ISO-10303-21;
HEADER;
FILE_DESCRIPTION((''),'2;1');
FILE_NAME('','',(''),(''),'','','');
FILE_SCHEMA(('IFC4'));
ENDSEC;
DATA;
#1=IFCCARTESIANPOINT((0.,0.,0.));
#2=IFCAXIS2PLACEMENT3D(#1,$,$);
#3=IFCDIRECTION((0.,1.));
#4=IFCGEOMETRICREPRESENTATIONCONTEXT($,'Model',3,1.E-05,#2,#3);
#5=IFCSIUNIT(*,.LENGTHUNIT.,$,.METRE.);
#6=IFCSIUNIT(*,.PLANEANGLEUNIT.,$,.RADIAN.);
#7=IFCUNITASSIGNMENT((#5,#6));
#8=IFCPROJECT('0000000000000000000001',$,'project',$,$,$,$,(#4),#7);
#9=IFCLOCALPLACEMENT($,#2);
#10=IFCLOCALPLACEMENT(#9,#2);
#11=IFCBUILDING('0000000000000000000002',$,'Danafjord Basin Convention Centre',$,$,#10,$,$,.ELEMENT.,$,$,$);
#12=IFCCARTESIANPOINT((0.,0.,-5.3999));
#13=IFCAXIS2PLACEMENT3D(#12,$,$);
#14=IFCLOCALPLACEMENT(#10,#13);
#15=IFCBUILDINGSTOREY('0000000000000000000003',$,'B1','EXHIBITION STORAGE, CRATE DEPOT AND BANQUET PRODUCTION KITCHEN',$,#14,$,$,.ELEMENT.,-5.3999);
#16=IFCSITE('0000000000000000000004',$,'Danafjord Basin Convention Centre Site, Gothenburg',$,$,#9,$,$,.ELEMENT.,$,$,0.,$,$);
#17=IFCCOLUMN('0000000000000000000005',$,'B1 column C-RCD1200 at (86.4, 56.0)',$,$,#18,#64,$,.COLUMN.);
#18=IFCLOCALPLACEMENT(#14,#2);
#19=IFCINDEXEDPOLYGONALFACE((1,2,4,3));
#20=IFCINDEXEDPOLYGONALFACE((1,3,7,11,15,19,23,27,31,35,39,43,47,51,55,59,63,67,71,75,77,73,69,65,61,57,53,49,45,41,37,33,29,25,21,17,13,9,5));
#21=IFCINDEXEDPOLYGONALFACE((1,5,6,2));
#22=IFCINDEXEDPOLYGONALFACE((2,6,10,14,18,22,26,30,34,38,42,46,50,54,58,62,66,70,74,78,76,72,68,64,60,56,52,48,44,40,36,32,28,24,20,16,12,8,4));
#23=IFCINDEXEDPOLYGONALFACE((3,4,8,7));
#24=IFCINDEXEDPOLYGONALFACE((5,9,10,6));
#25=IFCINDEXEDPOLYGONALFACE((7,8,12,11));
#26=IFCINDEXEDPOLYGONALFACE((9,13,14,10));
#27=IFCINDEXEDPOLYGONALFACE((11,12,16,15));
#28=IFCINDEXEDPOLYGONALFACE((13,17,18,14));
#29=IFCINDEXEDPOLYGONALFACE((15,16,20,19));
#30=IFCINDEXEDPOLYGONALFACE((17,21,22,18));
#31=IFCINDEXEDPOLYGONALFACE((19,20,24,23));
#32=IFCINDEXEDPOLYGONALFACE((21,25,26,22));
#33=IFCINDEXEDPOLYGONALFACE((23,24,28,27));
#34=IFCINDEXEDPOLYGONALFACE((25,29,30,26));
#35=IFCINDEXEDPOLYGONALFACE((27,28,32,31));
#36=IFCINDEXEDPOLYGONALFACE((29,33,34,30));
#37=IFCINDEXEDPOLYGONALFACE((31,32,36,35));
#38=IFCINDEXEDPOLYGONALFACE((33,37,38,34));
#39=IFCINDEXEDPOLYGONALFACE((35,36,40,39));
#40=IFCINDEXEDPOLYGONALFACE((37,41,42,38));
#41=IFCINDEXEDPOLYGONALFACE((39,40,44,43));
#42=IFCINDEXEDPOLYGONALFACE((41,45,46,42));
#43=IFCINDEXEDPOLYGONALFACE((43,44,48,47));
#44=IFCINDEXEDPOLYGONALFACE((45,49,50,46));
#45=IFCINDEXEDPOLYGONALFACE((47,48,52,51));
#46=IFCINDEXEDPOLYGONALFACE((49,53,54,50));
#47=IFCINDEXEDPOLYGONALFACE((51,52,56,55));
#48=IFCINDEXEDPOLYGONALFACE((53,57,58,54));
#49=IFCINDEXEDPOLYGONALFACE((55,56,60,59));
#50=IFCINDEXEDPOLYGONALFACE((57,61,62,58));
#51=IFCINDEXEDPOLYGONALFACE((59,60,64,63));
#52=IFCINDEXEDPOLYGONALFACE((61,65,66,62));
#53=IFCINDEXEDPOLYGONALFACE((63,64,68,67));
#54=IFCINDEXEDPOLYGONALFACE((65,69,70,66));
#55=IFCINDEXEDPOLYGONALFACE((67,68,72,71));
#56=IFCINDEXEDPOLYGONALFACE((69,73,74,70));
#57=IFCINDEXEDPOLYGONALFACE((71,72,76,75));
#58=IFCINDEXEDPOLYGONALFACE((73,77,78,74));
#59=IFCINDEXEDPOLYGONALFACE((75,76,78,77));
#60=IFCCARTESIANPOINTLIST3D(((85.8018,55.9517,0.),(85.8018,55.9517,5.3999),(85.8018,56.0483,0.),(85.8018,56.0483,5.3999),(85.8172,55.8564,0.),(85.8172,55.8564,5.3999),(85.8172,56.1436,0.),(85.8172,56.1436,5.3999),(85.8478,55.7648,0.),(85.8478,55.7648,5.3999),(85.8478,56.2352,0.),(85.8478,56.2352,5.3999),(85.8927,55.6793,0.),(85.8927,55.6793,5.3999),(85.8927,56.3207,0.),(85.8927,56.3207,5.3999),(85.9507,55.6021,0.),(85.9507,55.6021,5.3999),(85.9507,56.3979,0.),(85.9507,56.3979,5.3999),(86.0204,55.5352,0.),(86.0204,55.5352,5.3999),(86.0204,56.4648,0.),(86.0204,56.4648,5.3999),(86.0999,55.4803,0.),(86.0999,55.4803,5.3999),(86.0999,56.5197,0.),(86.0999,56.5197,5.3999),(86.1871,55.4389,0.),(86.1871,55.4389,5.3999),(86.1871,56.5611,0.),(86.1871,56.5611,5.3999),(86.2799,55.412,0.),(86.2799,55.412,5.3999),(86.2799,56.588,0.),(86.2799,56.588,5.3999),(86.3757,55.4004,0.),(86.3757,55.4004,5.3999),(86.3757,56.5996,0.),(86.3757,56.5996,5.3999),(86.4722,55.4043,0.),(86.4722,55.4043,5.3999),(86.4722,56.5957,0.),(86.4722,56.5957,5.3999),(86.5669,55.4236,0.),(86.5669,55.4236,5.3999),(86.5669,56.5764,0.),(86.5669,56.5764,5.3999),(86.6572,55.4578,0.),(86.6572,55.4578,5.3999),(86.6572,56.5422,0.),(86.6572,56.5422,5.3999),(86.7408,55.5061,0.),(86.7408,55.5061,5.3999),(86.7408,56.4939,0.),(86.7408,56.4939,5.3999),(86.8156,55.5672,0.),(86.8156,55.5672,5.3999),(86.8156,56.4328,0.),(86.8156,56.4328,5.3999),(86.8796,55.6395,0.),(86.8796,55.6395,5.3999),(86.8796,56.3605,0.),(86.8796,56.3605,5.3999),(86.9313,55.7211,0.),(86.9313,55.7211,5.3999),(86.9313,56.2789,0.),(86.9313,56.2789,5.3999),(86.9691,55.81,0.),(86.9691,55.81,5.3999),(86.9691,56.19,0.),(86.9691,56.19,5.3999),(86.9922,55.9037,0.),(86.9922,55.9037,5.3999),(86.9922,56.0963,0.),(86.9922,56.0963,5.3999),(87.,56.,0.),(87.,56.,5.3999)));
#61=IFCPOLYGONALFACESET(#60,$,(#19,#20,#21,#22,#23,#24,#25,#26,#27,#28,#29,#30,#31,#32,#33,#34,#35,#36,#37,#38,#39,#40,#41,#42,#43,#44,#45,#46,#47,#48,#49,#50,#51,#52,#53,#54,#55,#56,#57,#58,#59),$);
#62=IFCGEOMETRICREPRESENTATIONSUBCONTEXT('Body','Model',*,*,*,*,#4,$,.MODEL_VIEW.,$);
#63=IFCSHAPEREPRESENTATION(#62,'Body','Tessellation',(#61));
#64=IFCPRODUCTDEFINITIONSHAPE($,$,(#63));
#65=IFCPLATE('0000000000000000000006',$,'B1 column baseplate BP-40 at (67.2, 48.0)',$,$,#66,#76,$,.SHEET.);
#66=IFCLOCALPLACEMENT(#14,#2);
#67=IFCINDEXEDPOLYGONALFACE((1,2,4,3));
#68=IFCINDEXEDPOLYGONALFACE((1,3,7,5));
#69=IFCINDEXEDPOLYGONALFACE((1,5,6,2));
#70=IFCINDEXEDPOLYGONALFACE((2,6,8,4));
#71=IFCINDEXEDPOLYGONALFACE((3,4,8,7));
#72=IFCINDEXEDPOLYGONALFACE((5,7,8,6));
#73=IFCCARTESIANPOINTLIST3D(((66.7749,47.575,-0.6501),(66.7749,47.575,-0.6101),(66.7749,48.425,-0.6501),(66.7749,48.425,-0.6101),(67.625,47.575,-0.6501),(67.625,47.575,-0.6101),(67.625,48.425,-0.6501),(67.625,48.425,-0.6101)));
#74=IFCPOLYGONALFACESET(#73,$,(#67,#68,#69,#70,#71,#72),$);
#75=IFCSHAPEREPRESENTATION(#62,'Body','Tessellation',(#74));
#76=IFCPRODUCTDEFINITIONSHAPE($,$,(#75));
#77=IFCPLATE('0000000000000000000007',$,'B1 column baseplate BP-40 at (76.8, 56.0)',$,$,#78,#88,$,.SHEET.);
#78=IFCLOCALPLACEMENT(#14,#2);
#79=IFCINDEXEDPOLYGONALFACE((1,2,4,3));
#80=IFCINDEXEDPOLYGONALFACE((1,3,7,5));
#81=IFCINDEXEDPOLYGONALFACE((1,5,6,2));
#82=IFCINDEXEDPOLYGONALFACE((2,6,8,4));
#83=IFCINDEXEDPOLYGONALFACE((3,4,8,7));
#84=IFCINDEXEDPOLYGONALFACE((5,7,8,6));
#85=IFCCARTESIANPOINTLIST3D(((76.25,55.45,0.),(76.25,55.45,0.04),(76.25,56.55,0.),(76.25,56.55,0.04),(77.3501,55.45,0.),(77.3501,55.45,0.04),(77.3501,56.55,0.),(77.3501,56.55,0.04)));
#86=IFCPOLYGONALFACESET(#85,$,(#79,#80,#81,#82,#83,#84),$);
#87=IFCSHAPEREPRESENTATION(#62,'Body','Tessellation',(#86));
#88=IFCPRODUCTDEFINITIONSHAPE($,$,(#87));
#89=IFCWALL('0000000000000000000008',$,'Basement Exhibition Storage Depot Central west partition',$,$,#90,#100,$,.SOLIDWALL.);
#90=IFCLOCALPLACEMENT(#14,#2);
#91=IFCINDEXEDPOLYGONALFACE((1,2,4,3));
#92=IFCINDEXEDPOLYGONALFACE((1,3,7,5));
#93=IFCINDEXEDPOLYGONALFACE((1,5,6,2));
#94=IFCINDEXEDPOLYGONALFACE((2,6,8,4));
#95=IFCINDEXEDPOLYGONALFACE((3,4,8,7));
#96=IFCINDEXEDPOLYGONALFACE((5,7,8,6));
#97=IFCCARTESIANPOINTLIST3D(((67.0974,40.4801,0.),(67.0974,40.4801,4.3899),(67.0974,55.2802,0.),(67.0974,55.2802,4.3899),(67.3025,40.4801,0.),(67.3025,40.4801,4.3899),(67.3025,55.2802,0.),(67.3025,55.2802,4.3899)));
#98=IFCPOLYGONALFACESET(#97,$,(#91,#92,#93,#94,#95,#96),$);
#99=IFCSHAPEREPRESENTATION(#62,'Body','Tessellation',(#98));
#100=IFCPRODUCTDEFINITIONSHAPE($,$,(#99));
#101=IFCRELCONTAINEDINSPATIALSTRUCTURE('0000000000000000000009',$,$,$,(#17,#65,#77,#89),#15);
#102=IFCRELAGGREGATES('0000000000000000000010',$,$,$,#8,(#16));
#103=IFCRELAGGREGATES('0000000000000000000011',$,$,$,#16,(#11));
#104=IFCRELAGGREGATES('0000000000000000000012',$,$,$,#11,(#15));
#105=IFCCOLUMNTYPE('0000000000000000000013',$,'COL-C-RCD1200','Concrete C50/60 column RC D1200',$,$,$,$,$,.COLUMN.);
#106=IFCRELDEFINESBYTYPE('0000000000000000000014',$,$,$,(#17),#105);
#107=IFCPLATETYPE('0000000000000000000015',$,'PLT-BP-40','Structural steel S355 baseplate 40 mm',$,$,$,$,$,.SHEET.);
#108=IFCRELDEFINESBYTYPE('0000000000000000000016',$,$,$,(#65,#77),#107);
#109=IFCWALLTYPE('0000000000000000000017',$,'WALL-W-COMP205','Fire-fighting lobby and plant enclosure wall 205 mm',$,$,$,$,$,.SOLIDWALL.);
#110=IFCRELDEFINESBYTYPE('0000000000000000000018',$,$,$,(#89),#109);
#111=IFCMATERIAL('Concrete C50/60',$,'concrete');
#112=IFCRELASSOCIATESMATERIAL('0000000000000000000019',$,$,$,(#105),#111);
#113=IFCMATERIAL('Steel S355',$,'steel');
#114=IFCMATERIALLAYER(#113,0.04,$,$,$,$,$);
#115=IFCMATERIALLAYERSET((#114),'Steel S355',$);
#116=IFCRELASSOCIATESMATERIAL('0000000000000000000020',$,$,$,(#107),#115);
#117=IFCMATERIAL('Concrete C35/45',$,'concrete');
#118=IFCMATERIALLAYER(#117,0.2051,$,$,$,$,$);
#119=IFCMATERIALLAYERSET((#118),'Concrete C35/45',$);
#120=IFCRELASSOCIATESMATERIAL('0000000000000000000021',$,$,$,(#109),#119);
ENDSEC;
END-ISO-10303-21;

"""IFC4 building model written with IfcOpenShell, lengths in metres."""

from ifc_helpers import new_model, si_unit, direction, frame, frame_2d, origin, origin_2d, place, context, subcontext, project, spatial, rectangle, circle, extrude, material, layer, layer_set, material_profile, profile_set, type_object, element, save


model = new_model("IFC4")

# Units and contexts
model_context = context("Model", 3, precision=1e-05, world=origin(), true_north=direction((0.0, 1.0)))
body_context = subcontext(model_context, "Body", "Model", "MODEL_VIEW")
ifc_project = project(units=[si_unit("LENGTHUNIT", "METRE"), si_unit("PLANEANGLEUNIT", "RADIAN")], contexts=[model_context])

# Site, building, storey
site_placement = place(None, origin())
site = spatial("IfcSite", under=ifc_project, at=site_placement, Name="Danafjord Basin Convention Centre Site, Gothenburg", CompositionType="ELEMENT", RefElevation=0.0)
building_placement = place(site_placement, origin())
building = spatial("IfcBuilding", under=site, at=building_placement, Name="Danafjord Basin Convention Centre", CompositionType="ELEMENT")
storey_placement = place(building_placement, frame((0.0, 0.0, -5.3999)))
storey = spatial("IfcBuildingStorey", under=building, at=storey_placement, Name="B1", Description="EXHIBITION STORAGE, CRATE DEPOT AND BANQUET PRODUCTION KITCHEN", CompositionType="ELEMENT", Elevation=-5.3999)

# Shared definitions
ifc_material_1 = material(Name="Concrete C35/45", Category="concrete")

# Column
ifc_material_2 = material(Name="Concrete C50/60", Category="concrete")
ifc_material_profile_1 = material_profile(ifc_material_2, circle(Radius=0.6001, at=origin_2d()), Name="RC D1200")
ifc_profile_set_1 = profile_set([ifc_material_profile_1], Name="Concrete C50/60")
column_type_1 = type_object("IfcColumnType", Name="COL-C-RCD1200", Description="Concrete C50/60 column RC D1200", PredefinedType="COLUMN", material=ifc_profile_set_1)
column_1_placement = place(storey_placement, frame((86.3999, 56.0, 0.0), z_axis=(0.0, 0.0, 1.0), x_axis=(1.0, 0.0, 0.0)))
element("IfcColumn", 1, at=column_1_placement, inside=storey, type_object=column_type_1, Name="B1 column C-RCD1200 at (86.4, 56.0)", PredefinedType="COLUMN", context=body_context, shape_type="SweptSolid", body=[
    extrude(circle(Radius=0.6001, at=origin_2d()), origin(), (0.0, 0.0, 1.0), 5.3999),
])

# Plates
ifc_material_3 = material(Name="Steel S355", Category="steel")
ifc_layer_1 = layer(ifc_material_3, 0.04)
ifc_layer_set_1 = layer_set([ifc_layer_1], Name="Steel S355")
plate_type = type_object("IfcPlateType", Name="PLT-BP-40", Description="Structural steel S355 baseplate 40 mm", PredefinedType="SHEET", material=ifc_layer_set_1)
plate_1_placement = place(storey_placement, frame((67.2, 48.0, -0.6501), z_axis=(0.0, 0.0, 1.0), x_axis=(1.0, 0.0, 0.0)))
element("IfcPlate", 2, at=plate_1_placement, inside=storey, type_object=plate_type, Name="B1 column baseplate BP-40 at (67.2, 48.0)", PredefinedType="SHEET", context=body_context, shape_type="SweptSolid", body=[
    extrude(rectangle(XDim=0.8501, YDim=0.8501, at=origin_2d()), origin(), (0.0, 0.0, 1.0), 0.04),
])
plate_2_placement = place(storey_placement, frame((76.8, 56.0, 0.0), z_axis=(0.0, 0.0, 1.0), x_axis=(1.0, 0.0, 0.0)))
element("IfcPlate", 3, at=plate_2_placement, inside=storey, type_object=plate_type, Name="B1 column baseplate BP-40 at (76.8, 56.0)", PredefinedType="SHEET", context=body_context, shape_type="SweptSolid", body=[
    extrude(rectangle(XDim=1.1001, YDim=1.1001, at=origin_2d()), origin(), (0.0, 0.0, 1.0), 0.04),
])

# Wall
ifc_layer_2 = layer(ifc_material_1, 0.2051)
ifc_layer_set_2 = layer_set([ifc_layer_2], Name="Concrete C35/45")
wall_type = type_object("IfcWallType", Name="WALL-W-COMP205", Description="Fire-fighting lobby and plant enclosure wall 205 mm", PredefinedType="SOLIDWALL", material=ifc_layer_set_2)
wall_placement = place(storey_placement, frame((67.2, 55.28, 0.0), z_axis=(0.0, 0.0, 1.0), x_axis=(0.0, -1.0, 0.0)))
element("IfcWall", 4, at=wall_placement, inside=storey, type_object=wall_type, Name="Basement Exhibition Storage Depot Central west partition", PredefinedType="SOLIDWALL", context=body_context, shape_type="SweptSolid", body=[
    extrude(rectangle(XDim=14.8, YDim=0.2051, at=frame_2d((7.3999, 0.0))), origin(), (0.0, 0.0, 1.0), 4.3899),
])

save(model, "model.ifc")
